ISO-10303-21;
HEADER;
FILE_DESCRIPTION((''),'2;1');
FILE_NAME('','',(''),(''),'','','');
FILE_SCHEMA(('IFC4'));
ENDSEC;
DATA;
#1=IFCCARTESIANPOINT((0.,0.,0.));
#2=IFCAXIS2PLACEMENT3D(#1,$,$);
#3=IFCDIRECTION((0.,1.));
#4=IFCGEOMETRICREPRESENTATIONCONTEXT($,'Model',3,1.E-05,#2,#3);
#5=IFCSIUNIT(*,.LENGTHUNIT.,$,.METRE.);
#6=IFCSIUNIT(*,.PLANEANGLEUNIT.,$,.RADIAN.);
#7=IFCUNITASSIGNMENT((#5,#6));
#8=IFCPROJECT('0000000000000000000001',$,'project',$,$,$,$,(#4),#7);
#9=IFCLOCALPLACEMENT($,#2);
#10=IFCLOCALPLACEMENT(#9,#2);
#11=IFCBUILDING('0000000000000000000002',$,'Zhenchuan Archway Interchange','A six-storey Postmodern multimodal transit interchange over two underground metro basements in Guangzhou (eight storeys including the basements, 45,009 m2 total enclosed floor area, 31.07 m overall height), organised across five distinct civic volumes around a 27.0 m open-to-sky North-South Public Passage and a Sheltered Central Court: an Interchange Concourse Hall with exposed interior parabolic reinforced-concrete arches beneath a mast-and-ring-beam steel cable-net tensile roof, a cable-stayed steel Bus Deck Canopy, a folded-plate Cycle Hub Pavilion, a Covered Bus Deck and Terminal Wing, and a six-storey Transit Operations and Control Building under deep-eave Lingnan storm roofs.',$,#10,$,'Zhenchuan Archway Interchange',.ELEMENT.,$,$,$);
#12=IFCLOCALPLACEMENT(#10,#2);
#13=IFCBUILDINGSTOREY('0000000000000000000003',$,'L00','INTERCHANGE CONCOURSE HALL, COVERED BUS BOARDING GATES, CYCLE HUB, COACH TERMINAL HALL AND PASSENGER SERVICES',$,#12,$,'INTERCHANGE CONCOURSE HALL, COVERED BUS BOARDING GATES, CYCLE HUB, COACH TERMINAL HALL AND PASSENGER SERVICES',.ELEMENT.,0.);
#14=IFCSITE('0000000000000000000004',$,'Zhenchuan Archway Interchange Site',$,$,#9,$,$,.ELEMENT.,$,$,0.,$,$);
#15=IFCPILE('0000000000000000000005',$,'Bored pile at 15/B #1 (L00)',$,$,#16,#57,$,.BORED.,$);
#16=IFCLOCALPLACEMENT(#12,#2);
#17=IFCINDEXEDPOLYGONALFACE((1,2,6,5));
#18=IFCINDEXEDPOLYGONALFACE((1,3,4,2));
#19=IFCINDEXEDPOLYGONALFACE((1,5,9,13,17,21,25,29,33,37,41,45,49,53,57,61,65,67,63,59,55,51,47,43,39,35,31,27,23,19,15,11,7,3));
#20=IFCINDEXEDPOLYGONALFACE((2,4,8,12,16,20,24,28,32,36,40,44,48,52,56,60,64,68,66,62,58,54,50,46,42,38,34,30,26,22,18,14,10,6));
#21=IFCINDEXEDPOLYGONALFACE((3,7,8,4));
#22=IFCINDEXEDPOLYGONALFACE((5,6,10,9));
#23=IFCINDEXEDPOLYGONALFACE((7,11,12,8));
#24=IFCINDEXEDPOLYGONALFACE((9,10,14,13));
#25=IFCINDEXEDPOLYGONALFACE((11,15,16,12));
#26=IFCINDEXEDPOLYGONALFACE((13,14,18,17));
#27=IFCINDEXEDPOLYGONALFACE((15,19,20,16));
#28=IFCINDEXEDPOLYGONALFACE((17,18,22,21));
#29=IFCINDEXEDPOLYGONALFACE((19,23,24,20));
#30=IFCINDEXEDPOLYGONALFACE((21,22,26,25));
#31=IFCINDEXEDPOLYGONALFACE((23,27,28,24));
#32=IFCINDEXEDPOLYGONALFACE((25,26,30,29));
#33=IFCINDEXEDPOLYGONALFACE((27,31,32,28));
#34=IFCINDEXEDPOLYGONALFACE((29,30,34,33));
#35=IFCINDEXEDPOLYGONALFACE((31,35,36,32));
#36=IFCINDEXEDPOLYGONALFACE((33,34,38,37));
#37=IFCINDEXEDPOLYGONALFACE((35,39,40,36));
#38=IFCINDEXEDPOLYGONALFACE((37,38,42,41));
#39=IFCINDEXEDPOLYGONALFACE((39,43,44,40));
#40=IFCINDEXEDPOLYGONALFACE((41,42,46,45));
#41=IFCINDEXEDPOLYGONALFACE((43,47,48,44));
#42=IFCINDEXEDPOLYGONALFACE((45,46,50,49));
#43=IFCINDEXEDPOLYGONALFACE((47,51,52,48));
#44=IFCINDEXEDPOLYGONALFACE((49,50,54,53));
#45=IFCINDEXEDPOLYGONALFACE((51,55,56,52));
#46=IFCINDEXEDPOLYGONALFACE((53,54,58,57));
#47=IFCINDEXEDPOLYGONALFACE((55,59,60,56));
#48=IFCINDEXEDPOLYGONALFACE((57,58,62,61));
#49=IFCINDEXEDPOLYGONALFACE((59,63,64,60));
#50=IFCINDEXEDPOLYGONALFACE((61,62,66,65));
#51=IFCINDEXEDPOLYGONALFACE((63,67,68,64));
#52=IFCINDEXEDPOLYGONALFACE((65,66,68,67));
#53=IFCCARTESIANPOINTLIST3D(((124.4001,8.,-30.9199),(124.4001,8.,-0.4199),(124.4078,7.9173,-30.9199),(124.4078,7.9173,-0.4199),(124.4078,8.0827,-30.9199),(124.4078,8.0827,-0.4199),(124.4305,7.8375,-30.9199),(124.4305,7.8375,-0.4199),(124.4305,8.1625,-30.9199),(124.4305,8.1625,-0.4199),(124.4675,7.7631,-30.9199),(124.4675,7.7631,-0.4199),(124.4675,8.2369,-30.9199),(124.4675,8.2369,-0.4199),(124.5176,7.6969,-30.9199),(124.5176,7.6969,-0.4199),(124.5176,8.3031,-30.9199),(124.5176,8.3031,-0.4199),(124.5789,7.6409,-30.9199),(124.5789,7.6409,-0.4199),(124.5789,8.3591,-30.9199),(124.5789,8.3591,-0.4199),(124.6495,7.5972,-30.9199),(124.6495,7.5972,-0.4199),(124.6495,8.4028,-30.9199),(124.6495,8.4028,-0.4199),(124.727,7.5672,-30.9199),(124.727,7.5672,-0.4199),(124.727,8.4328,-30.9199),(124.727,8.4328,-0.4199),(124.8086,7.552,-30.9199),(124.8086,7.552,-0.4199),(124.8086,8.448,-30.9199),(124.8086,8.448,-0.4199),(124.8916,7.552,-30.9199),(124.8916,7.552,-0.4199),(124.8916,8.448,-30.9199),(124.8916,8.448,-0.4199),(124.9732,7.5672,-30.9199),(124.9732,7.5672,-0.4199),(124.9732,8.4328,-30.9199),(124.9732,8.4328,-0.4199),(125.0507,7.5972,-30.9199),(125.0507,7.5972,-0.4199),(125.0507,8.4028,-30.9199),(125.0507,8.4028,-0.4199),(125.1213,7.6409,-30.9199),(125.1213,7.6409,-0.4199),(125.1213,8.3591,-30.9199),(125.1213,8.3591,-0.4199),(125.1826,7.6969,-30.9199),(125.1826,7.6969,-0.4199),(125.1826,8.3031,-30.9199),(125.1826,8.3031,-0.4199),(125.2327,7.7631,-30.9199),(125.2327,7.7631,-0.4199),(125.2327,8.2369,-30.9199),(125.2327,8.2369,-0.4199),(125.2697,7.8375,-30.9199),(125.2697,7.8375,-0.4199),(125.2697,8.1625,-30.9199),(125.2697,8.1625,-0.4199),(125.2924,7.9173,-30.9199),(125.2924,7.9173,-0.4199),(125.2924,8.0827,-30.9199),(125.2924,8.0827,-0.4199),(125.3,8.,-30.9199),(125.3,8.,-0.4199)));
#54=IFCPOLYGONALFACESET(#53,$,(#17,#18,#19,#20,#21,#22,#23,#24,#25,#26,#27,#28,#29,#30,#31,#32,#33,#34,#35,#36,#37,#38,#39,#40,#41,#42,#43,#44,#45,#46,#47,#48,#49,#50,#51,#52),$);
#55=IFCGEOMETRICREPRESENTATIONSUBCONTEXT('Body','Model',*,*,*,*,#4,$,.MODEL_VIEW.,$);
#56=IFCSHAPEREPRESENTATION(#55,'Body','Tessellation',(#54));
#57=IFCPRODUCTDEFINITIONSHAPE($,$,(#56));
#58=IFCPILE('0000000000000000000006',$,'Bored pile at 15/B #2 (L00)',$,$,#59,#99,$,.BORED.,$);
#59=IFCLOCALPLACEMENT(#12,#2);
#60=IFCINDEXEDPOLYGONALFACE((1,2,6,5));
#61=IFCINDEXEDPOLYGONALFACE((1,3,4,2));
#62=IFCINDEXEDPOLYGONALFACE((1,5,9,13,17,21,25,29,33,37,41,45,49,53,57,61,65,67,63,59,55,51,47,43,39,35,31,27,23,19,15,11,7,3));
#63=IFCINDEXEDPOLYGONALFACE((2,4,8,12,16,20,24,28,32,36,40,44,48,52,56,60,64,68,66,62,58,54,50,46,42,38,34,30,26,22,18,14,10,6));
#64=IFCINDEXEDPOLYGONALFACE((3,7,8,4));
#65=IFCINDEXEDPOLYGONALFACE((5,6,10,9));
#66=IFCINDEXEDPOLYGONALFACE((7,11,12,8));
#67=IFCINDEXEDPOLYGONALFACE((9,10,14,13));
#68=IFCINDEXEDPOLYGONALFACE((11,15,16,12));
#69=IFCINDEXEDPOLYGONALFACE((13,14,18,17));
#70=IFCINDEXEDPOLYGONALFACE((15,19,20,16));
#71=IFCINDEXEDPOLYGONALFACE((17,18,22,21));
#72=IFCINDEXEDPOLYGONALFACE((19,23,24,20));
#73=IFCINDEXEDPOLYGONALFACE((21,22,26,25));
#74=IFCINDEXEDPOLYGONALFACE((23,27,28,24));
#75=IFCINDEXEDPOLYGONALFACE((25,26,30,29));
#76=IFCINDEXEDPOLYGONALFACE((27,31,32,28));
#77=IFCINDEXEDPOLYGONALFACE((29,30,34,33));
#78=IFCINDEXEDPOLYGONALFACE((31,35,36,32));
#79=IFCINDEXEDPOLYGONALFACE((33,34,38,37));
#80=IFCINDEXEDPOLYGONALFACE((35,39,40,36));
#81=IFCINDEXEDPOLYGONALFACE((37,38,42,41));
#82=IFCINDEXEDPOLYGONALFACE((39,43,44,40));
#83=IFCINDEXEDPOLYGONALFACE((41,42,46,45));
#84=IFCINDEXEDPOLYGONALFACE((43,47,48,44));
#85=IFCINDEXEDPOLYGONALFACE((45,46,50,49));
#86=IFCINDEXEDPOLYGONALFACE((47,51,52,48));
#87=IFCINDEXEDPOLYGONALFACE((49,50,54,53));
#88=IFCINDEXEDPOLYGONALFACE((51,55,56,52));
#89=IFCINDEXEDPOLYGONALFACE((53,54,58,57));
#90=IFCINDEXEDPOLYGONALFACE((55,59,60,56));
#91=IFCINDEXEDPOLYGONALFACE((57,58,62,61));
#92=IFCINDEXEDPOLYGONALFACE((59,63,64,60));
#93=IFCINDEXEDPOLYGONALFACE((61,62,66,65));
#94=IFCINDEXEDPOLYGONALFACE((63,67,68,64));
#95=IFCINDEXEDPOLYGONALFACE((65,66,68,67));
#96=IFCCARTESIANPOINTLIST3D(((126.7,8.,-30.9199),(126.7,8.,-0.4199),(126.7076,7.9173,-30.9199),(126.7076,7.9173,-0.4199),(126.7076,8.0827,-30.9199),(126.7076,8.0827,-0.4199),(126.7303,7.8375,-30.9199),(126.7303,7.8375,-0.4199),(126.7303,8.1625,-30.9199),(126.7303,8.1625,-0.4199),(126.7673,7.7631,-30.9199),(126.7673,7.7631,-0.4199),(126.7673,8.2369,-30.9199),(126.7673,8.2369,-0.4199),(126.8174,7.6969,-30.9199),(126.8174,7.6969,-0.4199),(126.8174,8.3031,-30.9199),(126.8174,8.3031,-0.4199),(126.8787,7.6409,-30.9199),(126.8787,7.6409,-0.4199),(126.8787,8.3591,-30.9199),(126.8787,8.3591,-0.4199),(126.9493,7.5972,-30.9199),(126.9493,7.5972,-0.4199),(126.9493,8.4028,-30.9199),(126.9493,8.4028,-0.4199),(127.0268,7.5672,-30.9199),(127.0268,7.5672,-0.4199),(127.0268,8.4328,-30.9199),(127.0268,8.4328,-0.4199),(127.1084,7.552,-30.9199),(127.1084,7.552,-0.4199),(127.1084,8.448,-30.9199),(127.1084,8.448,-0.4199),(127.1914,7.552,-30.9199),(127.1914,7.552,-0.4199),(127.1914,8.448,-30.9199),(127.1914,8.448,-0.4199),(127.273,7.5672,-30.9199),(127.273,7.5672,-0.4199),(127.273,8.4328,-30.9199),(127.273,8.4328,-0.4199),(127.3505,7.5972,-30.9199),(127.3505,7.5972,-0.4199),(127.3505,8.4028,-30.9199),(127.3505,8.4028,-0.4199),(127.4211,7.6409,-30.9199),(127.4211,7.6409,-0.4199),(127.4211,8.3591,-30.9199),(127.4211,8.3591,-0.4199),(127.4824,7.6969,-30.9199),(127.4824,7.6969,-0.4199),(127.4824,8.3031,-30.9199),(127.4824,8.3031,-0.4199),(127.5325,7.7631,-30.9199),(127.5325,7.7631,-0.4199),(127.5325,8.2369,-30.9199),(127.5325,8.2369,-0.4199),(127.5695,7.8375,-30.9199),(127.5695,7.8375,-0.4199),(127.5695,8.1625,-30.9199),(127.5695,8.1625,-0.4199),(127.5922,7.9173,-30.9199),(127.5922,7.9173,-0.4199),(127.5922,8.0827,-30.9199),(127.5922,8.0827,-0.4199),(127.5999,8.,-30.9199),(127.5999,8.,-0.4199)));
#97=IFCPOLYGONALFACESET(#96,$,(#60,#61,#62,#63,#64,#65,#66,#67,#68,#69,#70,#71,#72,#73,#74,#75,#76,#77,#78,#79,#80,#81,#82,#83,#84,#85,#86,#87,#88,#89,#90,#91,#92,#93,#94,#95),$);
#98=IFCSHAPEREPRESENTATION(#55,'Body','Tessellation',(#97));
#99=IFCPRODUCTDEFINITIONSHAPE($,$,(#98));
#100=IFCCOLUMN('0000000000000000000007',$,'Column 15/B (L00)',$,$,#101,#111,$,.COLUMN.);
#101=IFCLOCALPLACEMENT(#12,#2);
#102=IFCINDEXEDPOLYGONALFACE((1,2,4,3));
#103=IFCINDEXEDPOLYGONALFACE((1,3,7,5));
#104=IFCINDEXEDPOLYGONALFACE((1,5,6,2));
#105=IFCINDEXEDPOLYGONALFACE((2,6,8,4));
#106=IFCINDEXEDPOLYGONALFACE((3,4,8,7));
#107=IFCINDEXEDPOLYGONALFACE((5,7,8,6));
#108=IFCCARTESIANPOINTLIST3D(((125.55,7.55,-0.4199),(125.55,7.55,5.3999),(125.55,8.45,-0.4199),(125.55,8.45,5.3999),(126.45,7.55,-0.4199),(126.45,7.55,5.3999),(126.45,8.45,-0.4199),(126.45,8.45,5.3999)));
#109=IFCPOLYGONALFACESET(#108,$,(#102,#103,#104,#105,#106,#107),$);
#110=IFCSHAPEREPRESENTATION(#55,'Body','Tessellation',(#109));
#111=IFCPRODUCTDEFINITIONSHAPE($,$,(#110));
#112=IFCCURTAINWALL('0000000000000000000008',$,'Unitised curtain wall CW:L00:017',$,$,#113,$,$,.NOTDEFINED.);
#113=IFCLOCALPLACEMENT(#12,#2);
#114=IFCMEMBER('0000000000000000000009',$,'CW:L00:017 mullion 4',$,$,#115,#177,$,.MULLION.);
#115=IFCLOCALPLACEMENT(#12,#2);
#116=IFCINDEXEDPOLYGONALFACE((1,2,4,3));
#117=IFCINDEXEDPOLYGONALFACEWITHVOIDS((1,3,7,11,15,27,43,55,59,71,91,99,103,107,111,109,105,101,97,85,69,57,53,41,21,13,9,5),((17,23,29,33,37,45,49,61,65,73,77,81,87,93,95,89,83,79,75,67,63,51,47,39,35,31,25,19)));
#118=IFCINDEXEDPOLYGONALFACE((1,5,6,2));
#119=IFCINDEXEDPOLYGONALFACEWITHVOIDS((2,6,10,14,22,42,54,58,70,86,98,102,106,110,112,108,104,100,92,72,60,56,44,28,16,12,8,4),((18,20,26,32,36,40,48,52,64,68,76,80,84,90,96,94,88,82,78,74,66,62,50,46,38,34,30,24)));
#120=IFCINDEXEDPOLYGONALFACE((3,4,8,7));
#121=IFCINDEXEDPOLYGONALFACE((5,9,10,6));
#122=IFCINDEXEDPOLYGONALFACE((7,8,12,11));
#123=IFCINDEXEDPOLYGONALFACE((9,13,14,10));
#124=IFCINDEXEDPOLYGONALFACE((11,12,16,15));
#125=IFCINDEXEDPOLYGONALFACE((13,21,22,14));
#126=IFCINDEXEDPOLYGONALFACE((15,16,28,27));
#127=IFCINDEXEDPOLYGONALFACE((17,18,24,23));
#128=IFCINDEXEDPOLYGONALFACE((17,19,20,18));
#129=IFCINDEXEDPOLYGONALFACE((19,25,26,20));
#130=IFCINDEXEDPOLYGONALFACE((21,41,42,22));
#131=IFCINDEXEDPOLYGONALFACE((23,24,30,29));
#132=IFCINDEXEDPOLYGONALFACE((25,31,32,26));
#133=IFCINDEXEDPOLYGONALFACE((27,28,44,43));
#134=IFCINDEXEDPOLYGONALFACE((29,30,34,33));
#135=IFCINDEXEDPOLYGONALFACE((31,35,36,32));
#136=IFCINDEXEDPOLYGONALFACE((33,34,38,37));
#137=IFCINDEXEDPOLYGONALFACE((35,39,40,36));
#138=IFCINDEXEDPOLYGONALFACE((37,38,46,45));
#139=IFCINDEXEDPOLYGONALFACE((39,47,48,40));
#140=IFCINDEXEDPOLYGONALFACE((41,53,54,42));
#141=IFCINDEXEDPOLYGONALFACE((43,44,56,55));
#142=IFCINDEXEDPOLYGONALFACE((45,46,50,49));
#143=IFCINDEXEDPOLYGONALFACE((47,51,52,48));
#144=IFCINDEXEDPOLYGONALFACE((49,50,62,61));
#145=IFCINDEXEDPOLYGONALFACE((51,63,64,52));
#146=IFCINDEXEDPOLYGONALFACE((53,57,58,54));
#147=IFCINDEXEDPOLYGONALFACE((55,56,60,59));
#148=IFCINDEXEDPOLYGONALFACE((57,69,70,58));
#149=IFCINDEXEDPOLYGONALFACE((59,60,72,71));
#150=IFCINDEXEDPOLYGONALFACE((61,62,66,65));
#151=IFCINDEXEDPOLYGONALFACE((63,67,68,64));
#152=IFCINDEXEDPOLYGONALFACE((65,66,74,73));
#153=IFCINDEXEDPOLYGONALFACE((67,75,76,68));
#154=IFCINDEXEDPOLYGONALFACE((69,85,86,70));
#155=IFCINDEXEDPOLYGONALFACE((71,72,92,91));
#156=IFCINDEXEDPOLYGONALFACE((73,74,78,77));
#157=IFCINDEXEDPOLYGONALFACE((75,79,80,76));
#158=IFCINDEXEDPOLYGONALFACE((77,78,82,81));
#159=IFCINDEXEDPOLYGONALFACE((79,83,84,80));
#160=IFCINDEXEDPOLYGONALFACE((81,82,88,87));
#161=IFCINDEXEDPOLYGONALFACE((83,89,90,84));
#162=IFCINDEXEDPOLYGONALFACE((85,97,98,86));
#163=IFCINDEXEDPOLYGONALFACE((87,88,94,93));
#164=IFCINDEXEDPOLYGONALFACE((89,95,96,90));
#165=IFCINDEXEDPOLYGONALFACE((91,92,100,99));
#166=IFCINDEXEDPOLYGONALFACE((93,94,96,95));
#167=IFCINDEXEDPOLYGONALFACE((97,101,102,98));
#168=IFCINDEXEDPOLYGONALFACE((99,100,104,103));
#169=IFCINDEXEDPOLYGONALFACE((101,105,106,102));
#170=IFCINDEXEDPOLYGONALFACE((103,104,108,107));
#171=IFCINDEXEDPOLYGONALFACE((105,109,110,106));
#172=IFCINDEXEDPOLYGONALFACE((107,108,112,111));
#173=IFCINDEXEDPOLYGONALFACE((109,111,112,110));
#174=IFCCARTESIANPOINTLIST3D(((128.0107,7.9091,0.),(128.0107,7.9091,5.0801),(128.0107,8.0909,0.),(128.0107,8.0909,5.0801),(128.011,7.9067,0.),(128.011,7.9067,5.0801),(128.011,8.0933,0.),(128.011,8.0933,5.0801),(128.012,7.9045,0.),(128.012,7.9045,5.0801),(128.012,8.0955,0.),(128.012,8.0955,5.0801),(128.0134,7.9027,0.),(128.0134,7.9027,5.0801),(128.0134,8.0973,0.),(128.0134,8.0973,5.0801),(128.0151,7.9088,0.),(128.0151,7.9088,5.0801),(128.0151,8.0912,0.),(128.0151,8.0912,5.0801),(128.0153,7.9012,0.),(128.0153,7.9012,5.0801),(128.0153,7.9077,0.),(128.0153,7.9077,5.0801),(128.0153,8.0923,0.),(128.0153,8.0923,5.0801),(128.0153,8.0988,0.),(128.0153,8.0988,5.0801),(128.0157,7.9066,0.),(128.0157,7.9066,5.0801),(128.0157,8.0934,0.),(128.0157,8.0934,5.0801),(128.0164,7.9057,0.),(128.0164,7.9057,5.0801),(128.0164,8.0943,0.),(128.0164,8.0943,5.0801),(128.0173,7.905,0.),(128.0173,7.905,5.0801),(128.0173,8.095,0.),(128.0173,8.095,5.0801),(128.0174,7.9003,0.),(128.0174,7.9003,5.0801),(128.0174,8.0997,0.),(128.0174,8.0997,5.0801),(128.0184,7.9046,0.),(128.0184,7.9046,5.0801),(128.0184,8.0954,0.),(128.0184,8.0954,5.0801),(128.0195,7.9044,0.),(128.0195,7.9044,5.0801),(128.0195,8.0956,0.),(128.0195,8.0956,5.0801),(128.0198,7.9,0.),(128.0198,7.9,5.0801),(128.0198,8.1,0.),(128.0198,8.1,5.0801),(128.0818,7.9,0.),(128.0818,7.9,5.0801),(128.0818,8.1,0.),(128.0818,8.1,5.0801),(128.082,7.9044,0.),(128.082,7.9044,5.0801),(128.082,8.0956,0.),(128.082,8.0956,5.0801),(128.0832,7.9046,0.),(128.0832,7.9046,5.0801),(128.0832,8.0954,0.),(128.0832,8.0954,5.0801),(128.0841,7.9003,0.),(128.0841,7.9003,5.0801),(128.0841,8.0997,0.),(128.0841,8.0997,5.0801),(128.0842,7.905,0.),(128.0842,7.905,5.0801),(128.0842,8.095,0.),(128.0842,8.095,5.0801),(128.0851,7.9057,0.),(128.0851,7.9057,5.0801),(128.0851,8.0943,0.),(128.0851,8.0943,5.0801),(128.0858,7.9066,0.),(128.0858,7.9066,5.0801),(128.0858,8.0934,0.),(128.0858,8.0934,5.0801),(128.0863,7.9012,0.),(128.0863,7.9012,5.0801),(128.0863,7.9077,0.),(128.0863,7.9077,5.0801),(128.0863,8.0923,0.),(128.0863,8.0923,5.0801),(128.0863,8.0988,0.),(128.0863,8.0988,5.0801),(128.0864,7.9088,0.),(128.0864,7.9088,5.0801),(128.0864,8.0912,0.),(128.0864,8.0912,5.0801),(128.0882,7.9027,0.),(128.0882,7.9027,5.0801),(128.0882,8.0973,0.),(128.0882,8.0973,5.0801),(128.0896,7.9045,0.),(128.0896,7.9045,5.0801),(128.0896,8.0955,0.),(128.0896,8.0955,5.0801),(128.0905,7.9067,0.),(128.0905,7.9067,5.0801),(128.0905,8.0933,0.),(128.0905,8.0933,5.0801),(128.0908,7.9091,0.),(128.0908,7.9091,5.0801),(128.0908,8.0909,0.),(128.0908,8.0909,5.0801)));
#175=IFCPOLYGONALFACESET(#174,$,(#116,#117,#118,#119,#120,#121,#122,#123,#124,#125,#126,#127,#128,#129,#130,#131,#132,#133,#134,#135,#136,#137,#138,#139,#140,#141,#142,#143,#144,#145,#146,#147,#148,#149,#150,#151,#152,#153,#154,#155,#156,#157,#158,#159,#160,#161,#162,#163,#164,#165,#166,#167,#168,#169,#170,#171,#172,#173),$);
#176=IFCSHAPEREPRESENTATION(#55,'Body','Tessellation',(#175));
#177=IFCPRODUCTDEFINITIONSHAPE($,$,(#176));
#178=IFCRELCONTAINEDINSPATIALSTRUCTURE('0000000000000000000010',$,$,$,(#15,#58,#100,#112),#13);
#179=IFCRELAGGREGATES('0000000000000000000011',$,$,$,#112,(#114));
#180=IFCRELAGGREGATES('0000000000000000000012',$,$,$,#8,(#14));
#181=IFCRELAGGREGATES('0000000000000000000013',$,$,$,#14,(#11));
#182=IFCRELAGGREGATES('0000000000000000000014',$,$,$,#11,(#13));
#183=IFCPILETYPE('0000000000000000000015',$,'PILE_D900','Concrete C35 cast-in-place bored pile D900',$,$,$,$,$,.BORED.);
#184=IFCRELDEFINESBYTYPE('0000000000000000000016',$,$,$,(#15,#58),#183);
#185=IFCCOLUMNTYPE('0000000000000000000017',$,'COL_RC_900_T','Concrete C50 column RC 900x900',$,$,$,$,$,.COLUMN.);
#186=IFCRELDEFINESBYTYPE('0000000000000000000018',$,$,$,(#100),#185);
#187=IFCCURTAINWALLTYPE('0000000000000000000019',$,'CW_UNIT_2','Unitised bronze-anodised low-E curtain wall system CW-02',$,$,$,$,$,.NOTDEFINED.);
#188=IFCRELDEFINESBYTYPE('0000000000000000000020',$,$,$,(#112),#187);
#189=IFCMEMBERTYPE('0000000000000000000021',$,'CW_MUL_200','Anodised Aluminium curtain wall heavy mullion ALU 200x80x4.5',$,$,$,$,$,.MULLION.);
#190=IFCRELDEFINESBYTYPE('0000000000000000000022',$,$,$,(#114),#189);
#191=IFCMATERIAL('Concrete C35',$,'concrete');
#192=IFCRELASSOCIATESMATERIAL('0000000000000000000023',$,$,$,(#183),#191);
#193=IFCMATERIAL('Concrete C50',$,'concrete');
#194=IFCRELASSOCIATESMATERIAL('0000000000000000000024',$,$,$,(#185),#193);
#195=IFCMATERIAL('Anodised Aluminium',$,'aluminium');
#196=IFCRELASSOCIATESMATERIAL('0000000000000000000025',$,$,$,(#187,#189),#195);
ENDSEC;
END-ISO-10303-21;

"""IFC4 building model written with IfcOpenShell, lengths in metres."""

from ifc_helpers import new_model, si_unit, direction, frame, origin, origin_2d, place, context, subcontext, project, spatial, rectangle, hollow_rectangle, circle, extrude, material, material_profile, profile_set, type_object, element, aggregate, save


model = new_model("IFC4")

# Units and contexts
model_context = context("Model", 3, precision=1e-05, world=origin(), true_north=direction((0.0, 1.0)))
body_context = subcontext(model_context, "Body", "Model", "MODEL_VIEW")
ifc_project = project(units=[si_unit("LENGTHUNIT", "METRE"), si_unit("PLANEANGLEUNIT", "RADIAN")], contexts=[model_context])

# Site, building, storey
site_placement = place(None, origin())
site = spatial("IfcSite", under=ifc_project, at=site_placement, Name="Zhenchuan Archway Interchange Site", CompositionType="ELEMENT", RefElevation=0.0)
building_placement = place(site_placement, origin())
building = spatial("IfcBuilding", under=site, at=building_placement, Name="Zhenchuan Archway Interchange", Description="A six-storey Postmodern multimodal transit interchange over two underground metro basements in Guangzhou (eight storeys including the basements, 45,009 m2 total enclosed floor area, 31.07 m overall height), organised across five distinct civic volumes around a 27.0 m open-to-sky North-South Public Passage and a Sheltered Central Court: an Interchange Concourse Hall with exposed interior parabolic reinforced-concrete arches beneath a mast-and-ring-beam steel cable-net tensile roof, a cable-stayed steel Bus Deck Canopy, a folded-plate Cycle Hub Pavilion, a Covered Bus Deck and Terminal Wing, and a six-storey Transit Operations and Control Building under deep-eave Lingnan storm roofs.", LongName="Zhenchuan Archway Interchange", CompositionType="ELEMENT")
storey_placement = place(building_placement, origin())
storey = spatial("IfcBuildingStorey", under=building, at=storey_placement, Name="L00", Description="INTERCHANGE CONCOURSE HALL, COVERED BUS BOARDING GATES, CYCLE HUB, COACH TERMINAL HALL AND PASSENGER SERVICES", LongName="INTERCHANGE CONCOURSE HALL, COVERED BUS BOARDING GATES, CYCLE HUB, COACH TERMINAL HALL AND PASSENGER SERVICES", CompositionType="ELEMENT", Elevation=0.0)

# Piles
ifc_material_1 = material(Name="Concrete C35", Category="concrete")
ifc_material_profile_1 = material_profile(ifc_material_1, circle(Radius=0.45, at=origin_2d()), Name="BORED PILE 900")
ifc_profile_set_1 = profile_set([ifc_material_profile_1], Name="Concrete C35")
pile_type_1 = type_object("IfcPileType", Name="PILE_D900", Description="Concrete C35 cast-in-place bored pile D900", PredefinedType="BORED", material=ifc_profile_set_1)
for number, where, z_axis, x_axis, name in (
    (1, (124.8501, 8.0, -0.4199), (0.0, 0.0, -1.0), (1.0, 0.0, 0.0), "Bored pile at 15/B #1 (L00)"),
    (2, (127.1499, 8.0, -0.4199), (0.0, 0.0, -1.0), (1.0, 0.0, 0.0), "Bored pile at 15/B #2 (L00)"),
):
    element("IfcPile", number, at=place(storey_placement, frame(where, z_axis=z_axis, x_axis=x_axis)), inside=storey, type_object=pile_type_1, Name=name, PredefinedType="BORED", context=body_context, shape_type="SweptSolid", body=[
        extrude(circle(Radius=0.45, at=origin_2d()), origin(), (0.0, 0.0, 1.0), 30.5),
    ])

# Column
ifc_material_2 = material(Name="Concrete C50", Category="concrete")
ifc_material_profile_2 = material_profile(ifc_material_2, rectangle(XDim=0.8999, YDim=0.8999, at=origin_2d()), Name="RC 900x900")
ifc_profile_set_2 = profile_set([ifc_material_profile_2], Name="Concrete C50")
column_type = type_object("IfcColumnType", Name="COL_RC_900_T", Description="Concrete C50 column RC 900x900", PredefinedType="COLUMN", material=ifc_profile_set_2)
column_placement = place(storey_placement, frame((126.0, 8.0, -0.4199), z_axis=(0.0, 0.0, 1.0), x_axis=(1.0, 0.0, 0.0)))
element("IfcColumn", 3, at=column_placement, inside=storey, type_object=column_type, Name="Column 15/B (L00)", PredefinedType="COLUMN", context=body_context, shape_type="SweptSolid", body=[
    extrude(rectangle(XDim=0.8999, YDim=0.8999, at=origin_2d()), origin(), (0.0, 0.0, 1.0), 5.8198),
])

# Curtain wall, member
ifc_material_3 = material(Name="Anodised Aluminium", Category="aluminium")
curtain_wall_type = type_object("IfcCurtainWallType", Name="CW_UNIT_2", Description="Unitised bronze-anodised low-E curtain wall system CW-02", PredefinedType="NOTDEFINED", material=ifc_material_3)
curtain_wall_placement = place(storey_placement, origin())
curtain_wall = element("IfcCurtainWall", 4, at=curtain_wall_placement, inside=storey, type_object=curtain_wall_type, Name="Unitised curtain wall CW:L00:017", PredefinedType="NOTDEFINED")
ifc_material_profile_3 = material_profile(ifc_material_3, hollow_rectangle(XDim=0.0801, YDim=0.2, WallThickness=0.0044, InnerFilletRadius=0.0044, OuterFilletRadius=0.009, at=origin_2d()), Name="ALU 200x80x4.5")
ifc_profile_set_3 = profile_set([ifc_material_profile_3], Name="Anodised Aluminium")
member_type_1 = type_object("IfcMemberType", Name="CW_MUL_200", Description="Anodised Aluminium curtain wall heavy mullion ALU 200x80x4.5", PredefinedType="MULLION", material=ifc_profile_set_3)
member_1_placement = place(storey_placement, frame((128.0508, 8.0, 0.0), z_axis=(0.0, 0.0, 1.0), x_axis=(1.0, 0.0, 0.0)))
member_1 = element("IfcMember", 5, at=member_1_placement, type_object=member_type_1, Name="CW:L00:017 mullion 4", PredefinedType="MULLION", context=body_context, shape_type="SweptSolid", body=[
    extrude(hollow_rectangle(XDim=0.0801, YDim=0.2, WallThickness=0.0044, InnerFilletRadius=0.0044, OuterFilletRadius=0.009, at=origin_2d()), origin(), (0.0, 0.0, 1.0), 5.0801),
])

aggregate(curtain_wall, [member_1])

save(model, "model.ifc")
